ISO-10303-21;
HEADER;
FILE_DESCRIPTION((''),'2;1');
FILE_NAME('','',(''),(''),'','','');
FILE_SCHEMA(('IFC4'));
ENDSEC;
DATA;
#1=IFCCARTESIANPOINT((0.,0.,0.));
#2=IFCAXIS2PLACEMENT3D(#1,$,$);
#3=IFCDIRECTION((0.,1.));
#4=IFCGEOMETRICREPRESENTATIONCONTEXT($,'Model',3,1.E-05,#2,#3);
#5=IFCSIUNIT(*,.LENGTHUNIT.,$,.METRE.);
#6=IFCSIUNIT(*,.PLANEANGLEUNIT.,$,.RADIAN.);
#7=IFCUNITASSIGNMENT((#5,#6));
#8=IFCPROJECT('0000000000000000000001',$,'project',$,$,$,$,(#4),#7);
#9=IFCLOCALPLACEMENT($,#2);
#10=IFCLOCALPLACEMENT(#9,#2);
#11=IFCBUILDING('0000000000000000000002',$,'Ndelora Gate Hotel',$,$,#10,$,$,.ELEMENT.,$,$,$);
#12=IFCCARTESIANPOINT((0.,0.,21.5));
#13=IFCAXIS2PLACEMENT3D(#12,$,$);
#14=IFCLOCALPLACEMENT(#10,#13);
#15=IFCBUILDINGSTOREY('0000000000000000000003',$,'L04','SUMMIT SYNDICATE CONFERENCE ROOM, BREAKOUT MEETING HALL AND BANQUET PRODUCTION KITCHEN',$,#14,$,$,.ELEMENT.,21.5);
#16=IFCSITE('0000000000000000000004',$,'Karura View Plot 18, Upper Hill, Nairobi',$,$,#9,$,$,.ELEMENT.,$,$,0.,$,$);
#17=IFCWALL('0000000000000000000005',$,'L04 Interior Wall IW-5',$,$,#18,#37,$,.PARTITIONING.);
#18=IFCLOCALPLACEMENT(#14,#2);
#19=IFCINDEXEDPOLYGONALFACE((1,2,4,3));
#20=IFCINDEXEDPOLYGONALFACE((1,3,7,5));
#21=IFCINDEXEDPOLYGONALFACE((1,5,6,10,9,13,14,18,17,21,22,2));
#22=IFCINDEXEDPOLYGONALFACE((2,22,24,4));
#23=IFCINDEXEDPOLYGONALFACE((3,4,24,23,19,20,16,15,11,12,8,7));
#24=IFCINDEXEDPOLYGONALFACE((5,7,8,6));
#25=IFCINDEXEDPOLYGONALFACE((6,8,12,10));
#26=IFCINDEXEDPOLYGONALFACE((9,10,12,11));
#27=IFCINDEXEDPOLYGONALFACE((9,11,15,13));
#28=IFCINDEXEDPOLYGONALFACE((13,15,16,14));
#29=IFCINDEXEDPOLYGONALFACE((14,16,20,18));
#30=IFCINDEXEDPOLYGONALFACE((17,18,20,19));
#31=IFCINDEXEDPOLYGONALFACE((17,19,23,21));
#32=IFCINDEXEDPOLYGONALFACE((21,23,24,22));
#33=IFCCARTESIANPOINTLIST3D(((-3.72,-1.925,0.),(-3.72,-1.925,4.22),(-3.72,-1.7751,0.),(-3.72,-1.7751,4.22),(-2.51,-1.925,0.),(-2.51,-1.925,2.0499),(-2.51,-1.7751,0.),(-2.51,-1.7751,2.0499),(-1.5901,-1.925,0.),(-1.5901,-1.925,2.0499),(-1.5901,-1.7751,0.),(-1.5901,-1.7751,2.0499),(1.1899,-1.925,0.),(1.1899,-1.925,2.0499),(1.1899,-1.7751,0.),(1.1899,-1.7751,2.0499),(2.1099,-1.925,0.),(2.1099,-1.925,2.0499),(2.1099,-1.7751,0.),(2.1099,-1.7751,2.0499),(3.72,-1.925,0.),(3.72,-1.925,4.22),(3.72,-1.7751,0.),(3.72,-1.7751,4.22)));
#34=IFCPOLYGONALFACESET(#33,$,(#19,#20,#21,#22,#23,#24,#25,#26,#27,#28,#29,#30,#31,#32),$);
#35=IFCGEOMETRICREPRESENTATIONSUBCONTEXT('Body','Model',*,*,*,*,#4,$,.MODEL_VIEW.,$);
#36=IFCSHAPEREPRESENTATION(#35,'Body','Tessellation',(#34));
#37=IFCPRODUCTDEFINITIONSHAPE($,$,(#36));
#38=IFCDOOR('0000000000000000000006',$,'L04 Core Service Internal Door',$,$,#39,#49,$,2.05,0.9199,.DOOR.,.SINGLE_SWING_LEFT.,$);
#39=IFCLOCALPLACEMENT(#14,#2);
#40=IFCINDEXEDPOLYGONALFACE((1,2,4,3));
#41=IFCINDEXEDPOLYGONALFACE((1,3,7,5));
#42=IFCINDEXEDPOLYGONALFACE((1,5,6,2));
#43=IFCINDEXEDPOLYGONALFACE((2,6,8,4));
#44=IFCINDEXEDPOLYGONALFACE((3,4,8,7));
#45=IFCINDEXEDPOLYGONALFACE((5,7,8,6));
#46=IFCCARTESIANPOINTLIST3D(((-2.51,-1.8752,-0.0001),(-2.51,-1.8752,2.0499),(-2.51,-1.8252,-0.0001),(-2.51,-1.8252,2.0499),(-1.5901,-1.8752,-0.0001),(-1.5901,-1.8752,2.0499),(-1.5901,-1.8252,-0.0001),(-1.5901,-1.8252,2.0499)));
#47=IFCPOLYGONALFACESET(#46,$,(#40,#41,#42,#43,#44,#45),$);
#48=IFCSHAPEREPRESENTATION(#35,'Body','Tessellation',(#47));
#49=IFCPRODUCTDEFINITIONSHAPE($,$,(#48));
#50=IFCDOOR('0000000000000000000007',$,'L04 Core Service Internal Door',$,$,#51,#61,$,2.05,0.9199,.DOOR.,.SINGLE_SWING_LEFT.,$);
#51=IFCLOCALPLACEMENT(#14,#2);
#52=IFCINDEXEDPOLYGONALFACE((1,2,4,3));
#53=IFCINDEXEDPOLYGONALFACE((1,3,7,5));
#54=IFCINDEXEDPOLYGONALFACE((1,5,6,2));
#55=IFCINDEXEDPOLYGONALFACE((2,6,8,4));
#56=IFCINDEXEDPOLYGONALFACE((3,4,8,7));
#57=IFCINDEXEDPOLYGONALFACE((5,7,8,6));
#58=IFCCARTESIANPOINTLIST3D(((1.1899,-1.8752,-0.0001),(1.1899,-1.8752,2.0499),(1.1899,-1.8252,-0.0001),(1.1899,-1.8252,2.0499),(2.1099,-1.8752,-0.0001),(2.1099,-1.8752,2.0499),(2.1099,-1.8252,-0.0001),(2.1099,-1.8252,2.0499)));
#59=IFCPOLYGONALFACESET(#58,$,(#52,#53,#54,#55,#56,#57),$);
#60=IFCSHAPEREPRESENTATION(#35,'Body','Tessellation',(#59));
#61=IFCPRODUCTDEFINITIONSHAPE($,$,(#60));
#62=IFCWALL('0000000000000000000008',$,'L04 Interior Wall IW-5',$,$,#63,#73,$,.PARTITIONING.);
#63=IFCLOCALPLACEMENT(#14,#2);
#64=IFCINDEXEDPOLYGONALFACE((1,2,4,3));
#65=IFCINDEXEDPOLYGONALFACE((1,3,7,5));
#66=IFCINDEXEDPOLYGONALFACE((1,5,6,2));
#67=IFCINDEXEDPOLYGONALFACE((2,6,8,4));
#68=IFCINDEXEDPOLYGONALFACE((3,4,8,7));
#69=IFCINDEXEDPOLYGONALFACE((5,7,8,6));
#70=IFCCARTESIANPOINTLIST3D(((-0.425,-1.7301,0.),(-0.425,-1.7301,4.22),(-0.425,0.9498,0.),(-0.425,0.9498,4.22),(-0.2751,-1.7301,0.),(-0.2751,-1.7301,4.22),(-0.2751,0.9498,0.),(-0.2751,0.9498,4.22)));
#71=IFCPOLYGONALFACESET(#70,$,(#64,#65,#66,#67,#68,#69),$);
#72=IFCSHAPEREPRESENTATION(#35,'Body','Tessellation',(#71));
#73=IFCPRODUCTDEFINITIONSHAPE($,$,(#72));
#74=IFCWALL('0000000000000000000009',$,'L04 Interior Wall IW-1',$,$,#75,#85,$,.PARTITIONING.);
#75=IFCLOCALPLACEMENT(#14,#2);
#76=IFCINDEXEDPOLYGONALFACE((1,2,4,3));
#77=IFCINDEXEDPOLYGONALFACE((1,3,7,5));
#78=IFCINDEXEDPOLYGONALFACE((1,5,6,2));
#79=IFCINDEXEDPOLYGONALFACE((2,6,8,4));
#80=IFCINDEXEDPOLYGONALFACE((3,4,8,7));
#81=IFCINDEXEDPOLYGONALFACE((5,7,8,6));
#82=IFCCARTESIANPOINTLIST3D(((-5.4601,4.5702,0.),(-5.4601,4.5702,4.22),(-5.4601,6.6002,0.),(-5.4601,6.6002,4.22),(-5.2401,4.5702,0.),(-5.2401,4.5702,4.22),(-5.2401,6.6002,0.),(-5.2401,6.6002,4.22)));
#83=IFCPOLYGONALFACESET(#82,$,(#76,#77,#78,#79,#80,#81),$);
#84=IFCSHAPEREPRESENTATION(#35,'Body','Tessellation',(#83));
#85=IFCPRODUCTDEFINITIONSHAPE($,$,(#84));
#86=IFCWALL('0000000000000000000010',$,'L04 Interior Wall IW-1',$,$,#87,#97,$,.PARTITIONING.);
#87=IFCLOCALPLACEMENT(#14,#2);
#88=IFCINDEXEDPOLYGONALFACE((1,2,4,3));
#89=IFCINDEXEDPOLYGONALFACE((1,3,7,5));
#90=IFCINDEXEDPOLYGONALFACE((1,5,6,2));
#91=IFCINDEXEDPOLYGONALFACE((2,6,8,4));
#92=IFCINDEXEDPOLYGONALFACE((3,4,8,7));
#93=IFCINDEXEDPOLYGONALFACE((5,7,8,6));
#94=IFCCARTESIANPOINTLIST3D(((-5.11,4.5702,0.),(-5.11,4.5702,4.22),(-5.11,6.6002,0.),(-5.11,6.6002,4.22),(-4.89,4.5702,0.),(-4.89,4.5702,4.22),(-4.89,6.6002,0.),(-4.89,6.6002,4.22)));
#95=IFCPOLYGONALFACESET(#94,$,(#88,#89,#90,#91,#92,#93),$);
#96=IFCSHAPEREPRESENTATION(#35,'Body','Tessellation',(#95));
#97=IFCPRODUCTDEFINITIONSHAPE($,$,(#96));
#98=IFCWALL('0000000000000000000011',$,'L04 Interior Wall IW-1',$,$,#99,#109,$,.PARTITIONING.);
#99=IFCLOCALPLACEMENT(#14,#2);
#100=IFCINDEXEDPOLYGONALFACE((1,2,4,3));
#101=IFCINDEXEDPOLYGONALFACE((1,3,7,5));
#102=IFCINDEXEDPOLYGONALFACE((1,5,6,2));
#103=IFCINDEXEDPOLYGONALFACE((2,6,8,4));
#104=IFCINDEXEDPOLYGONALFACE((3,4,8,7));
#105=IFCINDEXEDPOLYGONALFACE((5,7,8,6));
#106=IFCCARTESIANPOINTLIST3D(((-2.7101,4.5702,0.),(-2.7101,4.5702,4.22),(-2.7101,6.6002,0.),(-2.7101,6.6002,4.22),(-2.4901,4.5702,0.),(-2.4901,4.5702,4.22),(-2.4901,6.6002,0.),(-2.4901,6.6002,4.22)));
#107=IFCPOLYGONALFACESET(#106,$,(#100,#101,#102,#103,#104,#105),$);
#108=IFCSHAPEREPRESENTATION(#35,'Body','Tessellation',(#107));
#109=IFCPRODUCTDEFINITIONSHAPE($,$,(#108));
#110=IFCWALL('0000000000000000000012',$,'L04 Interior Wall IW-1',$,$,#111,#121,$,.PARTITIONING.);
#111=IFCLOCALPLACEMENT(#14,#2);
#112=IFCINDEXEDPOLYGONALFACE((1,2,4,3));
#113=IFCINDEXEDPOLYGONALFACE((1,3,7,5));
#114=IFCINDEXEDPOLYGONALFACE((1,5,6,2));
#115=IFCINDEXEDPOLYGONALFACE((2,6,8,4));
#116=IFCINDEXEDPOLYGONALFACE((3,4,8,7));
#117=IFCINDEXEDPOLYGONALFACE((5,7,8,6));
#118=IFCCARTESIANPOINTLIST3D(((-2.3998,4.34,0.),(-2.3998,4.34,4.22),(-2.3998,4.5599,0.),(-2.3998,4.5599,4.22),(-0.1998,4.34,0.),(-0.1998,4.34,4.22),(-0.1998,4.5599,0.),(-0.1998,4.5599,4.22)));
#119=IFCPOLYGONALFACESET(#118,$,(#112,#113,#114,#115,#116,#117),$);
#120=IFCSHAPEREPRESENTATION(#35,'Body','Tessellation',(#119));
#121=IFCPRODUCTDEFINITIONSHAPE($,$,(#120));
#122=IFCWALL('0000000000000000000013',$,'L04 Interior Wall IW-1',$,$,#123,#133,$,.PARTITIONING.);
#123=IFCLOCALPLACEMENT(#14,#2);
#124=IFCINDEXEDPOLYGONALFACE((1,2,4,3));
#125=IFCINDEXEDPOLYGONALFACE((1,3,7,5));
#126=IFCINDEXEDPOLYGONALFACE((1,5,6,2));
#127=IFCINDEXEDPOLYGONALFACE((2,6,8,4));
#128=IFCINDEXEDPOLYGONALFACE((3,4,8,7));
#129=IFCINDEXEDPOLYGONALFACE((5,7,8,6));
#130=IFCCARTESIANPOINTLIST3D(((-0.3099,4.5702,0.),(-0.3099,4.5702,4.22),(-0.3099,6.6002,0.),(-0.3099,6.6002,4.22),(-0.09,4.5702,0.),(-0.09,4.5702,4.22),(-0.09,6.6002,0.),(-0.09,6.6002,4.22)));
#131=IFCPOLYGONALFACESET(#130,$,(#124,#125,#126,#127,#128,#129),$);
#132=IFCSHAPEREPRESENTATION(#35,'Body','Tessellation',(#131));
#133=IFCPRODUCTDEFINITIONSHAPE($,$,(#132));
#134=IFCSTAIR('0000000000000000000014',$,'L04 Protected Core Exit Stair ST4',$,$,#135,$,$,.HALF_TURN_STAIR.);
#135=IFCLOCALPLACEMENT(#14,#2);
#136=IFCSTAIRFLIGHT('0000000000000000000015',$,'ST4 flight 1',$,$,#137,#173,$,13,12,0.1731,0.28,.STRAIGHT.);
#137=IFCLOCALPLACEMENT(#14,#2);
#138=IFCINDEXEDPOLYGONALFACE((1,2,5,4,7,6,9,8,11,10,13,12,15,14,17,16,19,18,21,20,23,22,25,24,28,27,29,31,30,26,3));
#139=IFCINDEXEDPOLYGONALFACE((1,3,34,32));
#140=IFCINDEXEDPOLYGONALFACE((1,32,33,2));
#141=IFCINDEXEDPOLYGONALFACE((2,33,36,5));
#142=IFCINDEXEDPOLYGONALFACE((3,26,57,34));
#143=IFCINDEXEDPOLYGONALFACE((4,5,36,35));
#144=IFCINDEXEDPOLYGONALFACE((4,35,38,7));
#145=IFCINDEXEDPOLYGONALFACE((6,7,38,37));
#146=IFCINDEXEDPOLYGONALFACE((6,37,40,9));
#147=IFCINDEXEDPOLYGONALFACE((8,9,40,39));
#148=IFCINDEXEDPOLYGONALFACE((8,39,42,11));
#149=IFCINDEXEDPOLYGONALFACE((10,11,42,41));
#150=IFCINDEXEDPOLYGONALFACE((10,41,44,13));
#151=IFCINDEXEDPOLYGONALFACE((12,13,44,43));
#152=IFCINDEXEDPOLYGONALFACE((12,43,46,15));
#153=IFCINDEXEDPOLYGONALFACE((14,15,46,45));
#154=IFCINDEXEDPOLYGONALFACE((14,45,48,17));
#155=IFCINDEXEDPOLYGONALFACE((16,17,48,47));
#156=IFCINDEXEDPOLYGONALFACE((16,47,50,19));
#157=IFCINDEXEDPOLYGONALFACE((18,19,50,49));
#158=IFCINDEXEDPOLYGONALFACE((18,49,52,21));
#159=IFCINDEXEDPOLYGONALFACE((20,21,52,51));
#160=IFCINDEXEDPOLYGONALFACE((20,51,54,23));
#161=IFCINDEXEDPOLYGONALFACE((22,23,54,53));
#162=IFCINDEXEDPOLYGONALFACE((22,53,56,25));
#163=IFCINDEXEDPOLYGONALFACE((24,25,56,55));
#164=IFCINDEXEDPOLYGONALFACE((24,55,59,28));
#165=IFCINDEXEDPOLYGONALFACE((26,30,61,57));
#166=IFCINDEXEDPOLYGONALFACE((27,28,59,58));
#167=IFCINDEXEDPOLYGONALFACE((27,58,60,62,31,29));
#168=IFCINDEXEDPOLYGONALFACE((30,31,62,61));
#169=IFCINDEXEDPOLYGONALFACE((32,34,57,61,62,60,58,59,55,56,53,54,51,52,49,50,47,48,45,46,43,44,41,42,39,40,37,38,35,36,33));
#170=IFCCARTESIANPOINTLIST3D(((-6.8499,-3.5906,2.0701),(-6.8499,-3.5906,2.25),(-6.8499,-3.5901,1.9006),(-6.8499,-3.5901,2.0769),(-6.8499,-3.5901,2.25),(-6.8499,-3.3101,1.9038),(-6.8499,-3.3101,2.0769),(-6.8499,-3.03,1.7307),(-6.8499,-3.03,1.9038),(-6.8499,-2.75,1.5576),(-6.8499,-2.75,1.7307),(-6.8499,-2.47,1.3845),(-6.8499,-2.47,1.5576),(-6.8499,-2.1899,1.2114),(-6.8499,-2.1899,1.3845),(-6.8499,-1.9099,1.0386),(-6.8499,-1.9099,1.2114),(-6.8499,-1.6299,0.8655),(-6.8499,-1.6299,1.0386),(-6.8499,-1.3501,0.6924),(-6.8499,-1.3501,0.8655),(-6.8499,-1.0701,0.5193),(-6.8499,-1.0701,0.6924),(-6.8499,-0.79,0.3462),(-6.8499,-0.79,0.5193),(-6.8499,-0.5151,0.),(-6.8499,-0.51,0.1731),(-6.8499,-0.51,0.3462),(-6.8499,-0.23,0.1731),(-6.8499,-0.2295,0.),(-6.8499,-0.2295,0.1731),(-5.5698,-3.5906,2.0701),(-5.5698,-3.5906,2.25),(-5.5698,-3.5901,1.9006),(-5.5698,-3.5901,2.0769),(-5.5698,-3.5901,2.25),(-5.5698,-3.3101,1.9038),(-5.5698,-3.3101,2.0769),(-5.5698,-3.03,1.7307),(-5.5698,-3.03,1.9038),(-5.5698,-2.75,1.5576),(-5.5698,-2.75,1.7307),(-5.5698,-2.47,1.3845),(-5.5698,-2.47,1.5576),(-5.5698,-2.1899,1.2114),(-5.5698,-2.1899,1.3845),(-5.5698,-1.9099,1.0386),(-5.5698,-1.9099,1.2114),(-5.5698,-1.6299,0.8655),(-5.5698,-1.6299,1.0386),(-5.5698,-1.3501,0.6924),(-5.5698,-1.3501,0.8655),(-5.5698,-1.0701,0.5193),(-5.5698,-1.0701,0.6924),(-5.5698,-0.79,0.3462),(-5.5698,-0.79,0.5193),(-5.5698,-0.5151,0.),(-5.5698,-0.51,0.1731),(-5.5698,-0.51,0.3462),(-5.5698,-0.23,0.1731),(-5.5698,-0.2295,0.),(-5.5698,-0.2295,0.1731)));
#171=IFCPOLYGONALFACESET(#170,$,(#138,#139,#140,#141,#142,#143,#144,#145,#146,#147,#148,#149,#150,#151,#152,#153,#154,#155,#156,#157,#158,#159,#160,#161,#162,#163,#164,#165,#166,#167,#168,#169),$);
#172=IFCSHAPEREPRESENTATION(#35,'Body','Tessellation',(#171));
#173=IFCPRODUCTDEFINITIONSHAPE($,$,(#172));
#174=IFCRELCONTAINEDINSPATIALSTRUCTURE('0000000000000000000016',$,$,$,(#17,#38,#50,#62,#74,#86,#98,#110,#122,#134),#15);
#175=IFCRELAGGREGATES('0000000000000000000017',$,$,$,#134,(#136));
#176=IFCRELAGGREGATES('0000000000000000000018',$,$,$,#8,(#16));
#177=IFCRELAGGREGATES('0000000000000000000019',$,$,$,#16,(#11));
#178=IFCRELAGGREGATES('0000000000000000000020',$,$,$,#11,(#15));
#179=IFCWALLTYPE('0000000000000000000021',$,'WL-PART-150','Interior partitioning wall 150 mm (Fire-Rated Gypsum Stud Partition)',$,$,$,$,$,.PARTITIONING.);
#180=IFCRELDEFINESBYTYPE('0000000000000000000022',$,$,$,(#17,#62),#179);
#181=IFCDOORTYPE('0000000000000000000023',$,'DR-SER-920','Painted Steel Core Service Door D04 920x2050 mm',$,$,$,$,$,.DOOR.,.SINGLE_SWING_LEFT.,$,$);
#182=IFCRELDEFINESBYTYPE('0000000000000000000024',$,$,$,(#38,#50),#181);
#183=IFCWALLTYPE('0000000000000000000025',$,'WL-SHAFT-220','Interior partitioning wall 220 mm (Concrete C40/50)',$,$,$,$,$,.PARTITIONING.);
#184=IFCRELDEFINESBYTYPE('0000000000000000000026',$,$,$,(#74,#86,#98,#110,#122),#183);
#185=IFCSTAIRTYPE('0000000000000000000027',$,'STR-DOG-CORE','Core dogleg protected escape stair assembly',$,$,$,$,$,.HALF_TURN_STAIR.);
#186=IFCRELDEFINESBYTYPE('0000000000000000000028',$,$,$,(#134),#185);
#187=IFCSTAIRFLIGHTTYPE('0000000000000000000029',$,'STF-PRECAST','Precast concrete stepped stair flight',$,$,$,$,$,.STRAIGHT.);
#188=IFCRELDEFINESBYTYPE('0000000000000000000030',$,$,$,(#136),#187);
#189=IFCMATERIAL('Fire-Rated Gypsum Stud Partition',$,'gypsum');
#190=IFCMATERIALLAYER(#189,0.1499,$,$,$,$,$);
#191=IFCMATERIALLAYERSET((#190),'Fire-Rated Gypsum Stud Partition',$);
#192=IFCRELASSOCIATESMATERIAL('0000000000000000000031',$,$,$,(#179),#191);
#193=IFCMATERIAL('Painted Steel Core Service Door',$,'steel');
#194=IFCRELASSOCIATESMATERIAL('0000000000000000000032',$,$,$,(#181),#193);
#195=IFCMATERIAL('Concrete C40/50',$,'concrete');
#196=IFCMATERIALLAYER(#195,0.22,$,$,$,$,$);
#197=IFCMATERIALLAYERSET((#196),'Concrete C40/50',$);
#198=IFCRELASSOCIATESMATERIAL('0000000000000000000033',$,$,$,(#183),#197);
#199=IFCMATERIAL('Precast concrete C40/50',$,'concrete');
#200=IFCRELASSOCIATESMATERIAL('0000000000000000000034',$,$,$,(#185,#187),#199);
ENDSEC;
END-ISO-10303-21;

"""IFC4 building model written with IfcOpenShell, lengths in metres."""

from ifc_helpers import new_model, si_unit, direction, frame, frame_2d, origin, place, context, subcontext, project, spatial, polyline, rectangle, outline, extrude, material, layer, layer_set, type_object, element, fill, aggregate, save


model = new_model("IFC4")

# Units and contexts
model_context = context("Model", 3, precision=1e-05, world=origin(), true_north=direction((0.0, 1.0)))
body_context = subcontext(model_context, "Body", "Model", "MODEL_VIEW")
ifc_project = project(units=[si_unit("LENGTHUNIT", "METRE"), si_unit("PLANEANGLEUNIT", "RADIAN")], contexts=[model_context])

# Site, building, storey
site_placement = place(None, origin())
site = spatial("IfcSite", under=ifc_project, at=site_placement, Name="Karura View Plot 18, Upper Hill, Nairobi", CompositionType="ELEMENT", RefElevation=0.0)
building_placement = place(site_placement, origin())
building = spatial("IfcBuilding", under=site, at=building_placement, Name="Ndelora Gate Hotel", CompositionType="ELEMENT")
storey_placement = place(building_placement, frame((0.0, 0.0, 21.5)))
storey = spatial("IfcBuildingStorey", under=building, at=storey_placement, Name="L04", Description="SUMMIT SYNDICATE CONFERENCE ROOM, BREAKOUT MEETING HALL AND BANQUET PRODUCTION KITCHEN", CompositionType="ELEMENT", Elevation=21.5)

# Shared definitions
ifc_material_1 = material(Name="Concrete C40/50", Category="concrete")

# Wall, openings, doors
ifc_material_2 = material(Name="Fire-Rated Gypsum Stud Partition", Category="gypsum")
ifc_layer_1 = layer(ifc_material_2, 0.1499)
ifc_layer_set_1 = layer_set([ifc_layer_1], Name="Fire-Rated Gypsum Stud Partition")
wall_type_1 = type_object("IfcWallType", Name="WL-PART-150", Description="Interior partitioning wall 150 mm (Fire-Rated Gypsum Stud Partition)", PredefinedType="PARTITIONING", material=ifc_layer_set_1)
wall_1_placement = place(storey_placement, frame((-3.72, -1.8501, 0.0), z_axis=(0.0, 0.0, 1.0), x_axis=(1.0, 0.0, 0.0)))
wall_1 = element("IfcWall", 1, at=wall_1_placement, inside=storey, type_object=wall_type_1, Name="L04 Interior Wall IW-5", PredefinedType="PARTITIONING", context=body_context, shape_type="SweptSolid", body=[
    extrude(rectangle(XDim=7.4399, YDim=0.1499, at=frame_2d((3.72, 0.0))), origin(), (0.0, 0.0, 1.0), 4.22),
])
opening_1_placement = place(wall_1_placement, frame((1.21, 0.0, 0.0)))
opening_1 = element("IfcOpeningElement", 2, at=opening_1_placement, cuts=wall_1, PredefinedType="OPENING", context=body_context, shape_type="SweptSolid", body=[
    extrude(rectangle(XDim=0.9199, YDim=2.05, at=frame_2d((0.46, 1.0249))), frame((0.0, 0.085, 0.0), z_axis=(0.0, -1.0, 0.0), x_axis=(1.0, 0.0, 0.0)), (0.0, 0.0, 1.0), 0.1699),
])
opening_2_placement = place(wall_1_placement, frame((4.9099, 0.0, 0.0)))
opening_2 = element("IfcOpeningElement", 3, at=opening_2_placement, cuts=wall_1, PredefinedType="OPENING", context=body_context, shape_type="SweptSolid", body=[
    extrude(rectangle(XDim=0.9199, YDim=2.05, at=frame_2d((0.46, 1.0249))), frame((0.0, 0.085, 0.0), z_axis=(0.0, -1.0, 0.0), x_axis=(1.0, 0.0, 0.0)), (0.0, 0.0, 1.0), 0.1699),
])
ifc_material_3 = material(Name="Painted Steel Core Service Door", Category="steel")
door_type_1 = type_object("IfcDoorType", Name="DR-SER-920", Description="Painted Steel Core Service Door D04 920x2050 mm", OperationType="SINGLE_SWING_LEFT", PredefinedType="DOOR", material=ifc_material_3)
door_1_placement = place(opening_1_placement, origin())
door_1 = element("IfcDoor", 4, at=door_1_placement, inside=storey, type_object=door_type_1, Name="L04 Core Service Internal Door", OperationType="SINGLE_SWING_LEFT", OverallHeight=2.05, OverallWidth=0.9199, PredefinedType="DOOR", context=body_context, shape_type="SweptSolid", body=[
    extrude(rectangle(XDim=0.9199, YDim=2.05, at=frame_2d((0.46, 1.0249))), frame((0.0, 0.0249, 0.0), z_axis=(0.0, -1.0, 0.0), x_axis=(1.0, 0.0, 0.0)), (0.0, 0.0, 1.0), 0.05),
])
fill(opening_1, door_1)
door_2_placement = place(opening_2_placement, origin())
door_2 = element("IfcDoor", 5, at=door_2_placement, inside=storey, type_object=door_type_1, Name="L04 Core Service Internal Door", OperationType="SINGLE_SWING_LEFT", OverallHeight=2.05, OverallWidth=0.9199, PredefinedType="DOOR", context=body_context, shape_type="SweptSolid", body=[
    extrude(rectangle(XDim=0.9199, YDim=2.05, at=frame_2d((0.46, 1.0249))), frame((0.0, 0.0249, 0.0), z_axis=(0.0, -1.0, 0.0), x_axis=(1.0, 0.0, 0.0)), (0.0, 0.0, 1.0), 0.05),
])
fill(opening_2, door_2)

# Walls
wall_2_placement = place(storey_placement, frame((-0.3501, -1.73, 0.0), z_axis=(0.0, 0.0, 1.0), x_axis=(0.0, 1.0, 0.0)))
element("IfcWall", 6, at=wall_2_placement, inside=storey, type_object=wall_type_1, Name="L04 Interior Wall IW-5", PredefinedType="PARTITIONING", context=body_context, shape_type="SweptSolid", body=[
    extrude(rectangle(XDim=2.6799, YDim=0.1499, at=frame_2d((1.3398, 0.0))), origin(), (0.0, 0.0, 1.0), 4.22),
])
ifc_layer_2 = layer(ifc_material_1, 0.22)
ifc_layer_set_2 = layer_set([ifc_layer_2], Name="Concrete C40/50")
wall_type_2 = type_object("IfcWallType", Name="WL-SHAFT-220", Description="Interior partitioning wall 220 mm (Concrete C40/50)", PredefinedType="PARTITIONING", material=ifc_layer_set_2)
wall_3_placement = place(storey_placement, frame((-5.3501, 4.5701, 0.0), z_axis=(0.0, 0.0, 1.0), x_axis=(0.0, 1.0, 0.0)))
element("IfcWall", 7, at=wall_3_placement, inside=storey, type_object=wall_type_2, Name="L04 Interior Wall IW-1", PredefinedType="PARTITIONING", context=body_context, shape_type="SweptSolid", body=[
    extrude(rectangle(XDim=2.03, YDim=0.22, at=frame_2d((1.0151, 0.0))), origin(), (0.0, 0.0, 1.0), 4.22),
])

# Walls
for number, where, z_axis, x_axis, name in (
    (8, (-5.0, 4.5701, 0.0), (0.0, 0.0, 1.0), (0.0, 1.0, 0.0), "L04 Interior Wall IW-1"),
    (9, (-2.6001, 4.5701, 0.0), (0.0, 0.0, 1.0), (0.0, 1.0, 0.0), "L04 Interior Wall IW-1"),
):
    element("IfcWall", number, at=place(storey_placement, frame(where, z_axis=z_axis, x_axis=x_axis)), inside=storey, type_object=wall_type_2, Name=name, PredefinedType="PARTITIONING", context=body_context, shape_type="SweptSolid", body=[
        extrude(rectangle(XDim=2.03, YDim=0.22, at=frame_2d((1.0151, 0.0))), origin(), (0.0, 0.0, 1.0), 4.22),
    ])
wall_4_placement = place(storey_placement, frame((-2.3999, 4.45, 0.0), z_axis=(0.0, 0.0, 1.0), x_axis=(1.0, 0.0, 0.0)))
element("IfcWall", 10, at=wall_4_placement, inside=storey, type_object=wall_type_2, Name="L04 Interior Wall IW-1", PredefinedType="PARTITIONING", context=body_context, shape_type="SweptSolid", body=[
    extrude(rectangle(XDim=2.2, YDim=0.22, at=frame_2d((1.1001, 0.0))), origin(), (0.0, 0.0, 1.0), 4.22),
])
wall_5_placement = place(storey_placement, frame((-0.2, 4.5701, 0.0), z_axis=(0.0, 0.0, 1.0), x_axis=(0.0, 1.0, 0.0)))
element("IfcWall", 11, at=wall_5_placement, inside=storey, type_object=wall_type_2, Name="L04 Interior Wall IW-1", PredefinedType="PARTITIONING", context=body_context, shape_type="SweptSolid", body=[
    extrude(rectangle(XDim=2.03, YDim=0.22, at=frame_2d((1.0151, 0.0))), origin(), (0.0, 0.0, 1.0), 4.22),
])

# Stair, stair flight
ifc_material_4 = material(Name="Precast concrete C40/50", Category="concrete")
stair_type = type_object("IfcStairType", Name="STR-DOG-CORE", Description="Core dogleg protected escape stair assembly", PredefinedType="HALF_TURN_STAIR", material=ifc_material_4)
stair_placement = place(storey_placement, origin())
stair = element("IfcStair", 12, at=stair_placement, inside=storey, type_object=stair_type, Name="L04 Protected Core Exit Stair ST4", PredefinedType="HALF_TURN_STAIR")
stair_flight_type = type_object("IfcStairFlightType", Name="STF-PRECAST", Description="Precast concrete stepped stair flight", PredefinedType="STRAIGHT", material=ifc_material_4)
stair_flight_1_placement = place(storey_placement, frame((-6.21, -0.23, 0.0), z_axis=(0.0, 0.0, 1.0), x_axis=(0.0, -1.0, 0.0)))
stair_flight_1 = element("IfcStairFlight", 13, at=stair_flight_1_placement, type_object=stair_flight_type, Name="ST4 flight 1", NumberOfRisers=13, NumberOfTreads=12, PredefinedType="STRAIGHT", RiserHeight=0.1731, TreadLength=0.28, context=body_context, shape_type="SweptSolid", body=[
    extrude(outline(polyline([(-0.0005, 0.0), (-0.0005, 0.1731), (0.0, 0.1731), (0.28, 0.1731), (0.28, 0.3462), (0.5601, 0.3462), (0.5601, 0.5193), (0.8401, 0.5193), (0.8401, 0.6924), (1.1201, 0.6924), (1.1201, 0.8655), (1.3999, 0.8655), (1.3999, 1.0386), (1.6799, 1.0386), (1.6799, 1.2114), (1.96, 1.2114), (1.96, 1.3845), (2.24, 1.3845), (2.24, 1.5576), (2.52, 1.5576), (2.52, 1.7307), (2.8, 1.7307), (2.8, 1.9038), (3.0801, 1.9038), (3.0801, 2.0769), (3.3601, 2.0769), (3.3601, 2.25), (3.3606, 2.25), (3.3606, 2.0701), (3.3601, 1.9006), (0.2852, 0.0), (-0.0005, 0.0)])), frame((0.0, 0.6401, 0.0), z_axis=(0.0, -1.0, 0.0), x_axis=(1.0, 0.0, 0.0)), (0.0, 0.0, 1.0), 1.28),
])
aggregate(stair, [stair_flight_1])

save(model, "model.ifc")
